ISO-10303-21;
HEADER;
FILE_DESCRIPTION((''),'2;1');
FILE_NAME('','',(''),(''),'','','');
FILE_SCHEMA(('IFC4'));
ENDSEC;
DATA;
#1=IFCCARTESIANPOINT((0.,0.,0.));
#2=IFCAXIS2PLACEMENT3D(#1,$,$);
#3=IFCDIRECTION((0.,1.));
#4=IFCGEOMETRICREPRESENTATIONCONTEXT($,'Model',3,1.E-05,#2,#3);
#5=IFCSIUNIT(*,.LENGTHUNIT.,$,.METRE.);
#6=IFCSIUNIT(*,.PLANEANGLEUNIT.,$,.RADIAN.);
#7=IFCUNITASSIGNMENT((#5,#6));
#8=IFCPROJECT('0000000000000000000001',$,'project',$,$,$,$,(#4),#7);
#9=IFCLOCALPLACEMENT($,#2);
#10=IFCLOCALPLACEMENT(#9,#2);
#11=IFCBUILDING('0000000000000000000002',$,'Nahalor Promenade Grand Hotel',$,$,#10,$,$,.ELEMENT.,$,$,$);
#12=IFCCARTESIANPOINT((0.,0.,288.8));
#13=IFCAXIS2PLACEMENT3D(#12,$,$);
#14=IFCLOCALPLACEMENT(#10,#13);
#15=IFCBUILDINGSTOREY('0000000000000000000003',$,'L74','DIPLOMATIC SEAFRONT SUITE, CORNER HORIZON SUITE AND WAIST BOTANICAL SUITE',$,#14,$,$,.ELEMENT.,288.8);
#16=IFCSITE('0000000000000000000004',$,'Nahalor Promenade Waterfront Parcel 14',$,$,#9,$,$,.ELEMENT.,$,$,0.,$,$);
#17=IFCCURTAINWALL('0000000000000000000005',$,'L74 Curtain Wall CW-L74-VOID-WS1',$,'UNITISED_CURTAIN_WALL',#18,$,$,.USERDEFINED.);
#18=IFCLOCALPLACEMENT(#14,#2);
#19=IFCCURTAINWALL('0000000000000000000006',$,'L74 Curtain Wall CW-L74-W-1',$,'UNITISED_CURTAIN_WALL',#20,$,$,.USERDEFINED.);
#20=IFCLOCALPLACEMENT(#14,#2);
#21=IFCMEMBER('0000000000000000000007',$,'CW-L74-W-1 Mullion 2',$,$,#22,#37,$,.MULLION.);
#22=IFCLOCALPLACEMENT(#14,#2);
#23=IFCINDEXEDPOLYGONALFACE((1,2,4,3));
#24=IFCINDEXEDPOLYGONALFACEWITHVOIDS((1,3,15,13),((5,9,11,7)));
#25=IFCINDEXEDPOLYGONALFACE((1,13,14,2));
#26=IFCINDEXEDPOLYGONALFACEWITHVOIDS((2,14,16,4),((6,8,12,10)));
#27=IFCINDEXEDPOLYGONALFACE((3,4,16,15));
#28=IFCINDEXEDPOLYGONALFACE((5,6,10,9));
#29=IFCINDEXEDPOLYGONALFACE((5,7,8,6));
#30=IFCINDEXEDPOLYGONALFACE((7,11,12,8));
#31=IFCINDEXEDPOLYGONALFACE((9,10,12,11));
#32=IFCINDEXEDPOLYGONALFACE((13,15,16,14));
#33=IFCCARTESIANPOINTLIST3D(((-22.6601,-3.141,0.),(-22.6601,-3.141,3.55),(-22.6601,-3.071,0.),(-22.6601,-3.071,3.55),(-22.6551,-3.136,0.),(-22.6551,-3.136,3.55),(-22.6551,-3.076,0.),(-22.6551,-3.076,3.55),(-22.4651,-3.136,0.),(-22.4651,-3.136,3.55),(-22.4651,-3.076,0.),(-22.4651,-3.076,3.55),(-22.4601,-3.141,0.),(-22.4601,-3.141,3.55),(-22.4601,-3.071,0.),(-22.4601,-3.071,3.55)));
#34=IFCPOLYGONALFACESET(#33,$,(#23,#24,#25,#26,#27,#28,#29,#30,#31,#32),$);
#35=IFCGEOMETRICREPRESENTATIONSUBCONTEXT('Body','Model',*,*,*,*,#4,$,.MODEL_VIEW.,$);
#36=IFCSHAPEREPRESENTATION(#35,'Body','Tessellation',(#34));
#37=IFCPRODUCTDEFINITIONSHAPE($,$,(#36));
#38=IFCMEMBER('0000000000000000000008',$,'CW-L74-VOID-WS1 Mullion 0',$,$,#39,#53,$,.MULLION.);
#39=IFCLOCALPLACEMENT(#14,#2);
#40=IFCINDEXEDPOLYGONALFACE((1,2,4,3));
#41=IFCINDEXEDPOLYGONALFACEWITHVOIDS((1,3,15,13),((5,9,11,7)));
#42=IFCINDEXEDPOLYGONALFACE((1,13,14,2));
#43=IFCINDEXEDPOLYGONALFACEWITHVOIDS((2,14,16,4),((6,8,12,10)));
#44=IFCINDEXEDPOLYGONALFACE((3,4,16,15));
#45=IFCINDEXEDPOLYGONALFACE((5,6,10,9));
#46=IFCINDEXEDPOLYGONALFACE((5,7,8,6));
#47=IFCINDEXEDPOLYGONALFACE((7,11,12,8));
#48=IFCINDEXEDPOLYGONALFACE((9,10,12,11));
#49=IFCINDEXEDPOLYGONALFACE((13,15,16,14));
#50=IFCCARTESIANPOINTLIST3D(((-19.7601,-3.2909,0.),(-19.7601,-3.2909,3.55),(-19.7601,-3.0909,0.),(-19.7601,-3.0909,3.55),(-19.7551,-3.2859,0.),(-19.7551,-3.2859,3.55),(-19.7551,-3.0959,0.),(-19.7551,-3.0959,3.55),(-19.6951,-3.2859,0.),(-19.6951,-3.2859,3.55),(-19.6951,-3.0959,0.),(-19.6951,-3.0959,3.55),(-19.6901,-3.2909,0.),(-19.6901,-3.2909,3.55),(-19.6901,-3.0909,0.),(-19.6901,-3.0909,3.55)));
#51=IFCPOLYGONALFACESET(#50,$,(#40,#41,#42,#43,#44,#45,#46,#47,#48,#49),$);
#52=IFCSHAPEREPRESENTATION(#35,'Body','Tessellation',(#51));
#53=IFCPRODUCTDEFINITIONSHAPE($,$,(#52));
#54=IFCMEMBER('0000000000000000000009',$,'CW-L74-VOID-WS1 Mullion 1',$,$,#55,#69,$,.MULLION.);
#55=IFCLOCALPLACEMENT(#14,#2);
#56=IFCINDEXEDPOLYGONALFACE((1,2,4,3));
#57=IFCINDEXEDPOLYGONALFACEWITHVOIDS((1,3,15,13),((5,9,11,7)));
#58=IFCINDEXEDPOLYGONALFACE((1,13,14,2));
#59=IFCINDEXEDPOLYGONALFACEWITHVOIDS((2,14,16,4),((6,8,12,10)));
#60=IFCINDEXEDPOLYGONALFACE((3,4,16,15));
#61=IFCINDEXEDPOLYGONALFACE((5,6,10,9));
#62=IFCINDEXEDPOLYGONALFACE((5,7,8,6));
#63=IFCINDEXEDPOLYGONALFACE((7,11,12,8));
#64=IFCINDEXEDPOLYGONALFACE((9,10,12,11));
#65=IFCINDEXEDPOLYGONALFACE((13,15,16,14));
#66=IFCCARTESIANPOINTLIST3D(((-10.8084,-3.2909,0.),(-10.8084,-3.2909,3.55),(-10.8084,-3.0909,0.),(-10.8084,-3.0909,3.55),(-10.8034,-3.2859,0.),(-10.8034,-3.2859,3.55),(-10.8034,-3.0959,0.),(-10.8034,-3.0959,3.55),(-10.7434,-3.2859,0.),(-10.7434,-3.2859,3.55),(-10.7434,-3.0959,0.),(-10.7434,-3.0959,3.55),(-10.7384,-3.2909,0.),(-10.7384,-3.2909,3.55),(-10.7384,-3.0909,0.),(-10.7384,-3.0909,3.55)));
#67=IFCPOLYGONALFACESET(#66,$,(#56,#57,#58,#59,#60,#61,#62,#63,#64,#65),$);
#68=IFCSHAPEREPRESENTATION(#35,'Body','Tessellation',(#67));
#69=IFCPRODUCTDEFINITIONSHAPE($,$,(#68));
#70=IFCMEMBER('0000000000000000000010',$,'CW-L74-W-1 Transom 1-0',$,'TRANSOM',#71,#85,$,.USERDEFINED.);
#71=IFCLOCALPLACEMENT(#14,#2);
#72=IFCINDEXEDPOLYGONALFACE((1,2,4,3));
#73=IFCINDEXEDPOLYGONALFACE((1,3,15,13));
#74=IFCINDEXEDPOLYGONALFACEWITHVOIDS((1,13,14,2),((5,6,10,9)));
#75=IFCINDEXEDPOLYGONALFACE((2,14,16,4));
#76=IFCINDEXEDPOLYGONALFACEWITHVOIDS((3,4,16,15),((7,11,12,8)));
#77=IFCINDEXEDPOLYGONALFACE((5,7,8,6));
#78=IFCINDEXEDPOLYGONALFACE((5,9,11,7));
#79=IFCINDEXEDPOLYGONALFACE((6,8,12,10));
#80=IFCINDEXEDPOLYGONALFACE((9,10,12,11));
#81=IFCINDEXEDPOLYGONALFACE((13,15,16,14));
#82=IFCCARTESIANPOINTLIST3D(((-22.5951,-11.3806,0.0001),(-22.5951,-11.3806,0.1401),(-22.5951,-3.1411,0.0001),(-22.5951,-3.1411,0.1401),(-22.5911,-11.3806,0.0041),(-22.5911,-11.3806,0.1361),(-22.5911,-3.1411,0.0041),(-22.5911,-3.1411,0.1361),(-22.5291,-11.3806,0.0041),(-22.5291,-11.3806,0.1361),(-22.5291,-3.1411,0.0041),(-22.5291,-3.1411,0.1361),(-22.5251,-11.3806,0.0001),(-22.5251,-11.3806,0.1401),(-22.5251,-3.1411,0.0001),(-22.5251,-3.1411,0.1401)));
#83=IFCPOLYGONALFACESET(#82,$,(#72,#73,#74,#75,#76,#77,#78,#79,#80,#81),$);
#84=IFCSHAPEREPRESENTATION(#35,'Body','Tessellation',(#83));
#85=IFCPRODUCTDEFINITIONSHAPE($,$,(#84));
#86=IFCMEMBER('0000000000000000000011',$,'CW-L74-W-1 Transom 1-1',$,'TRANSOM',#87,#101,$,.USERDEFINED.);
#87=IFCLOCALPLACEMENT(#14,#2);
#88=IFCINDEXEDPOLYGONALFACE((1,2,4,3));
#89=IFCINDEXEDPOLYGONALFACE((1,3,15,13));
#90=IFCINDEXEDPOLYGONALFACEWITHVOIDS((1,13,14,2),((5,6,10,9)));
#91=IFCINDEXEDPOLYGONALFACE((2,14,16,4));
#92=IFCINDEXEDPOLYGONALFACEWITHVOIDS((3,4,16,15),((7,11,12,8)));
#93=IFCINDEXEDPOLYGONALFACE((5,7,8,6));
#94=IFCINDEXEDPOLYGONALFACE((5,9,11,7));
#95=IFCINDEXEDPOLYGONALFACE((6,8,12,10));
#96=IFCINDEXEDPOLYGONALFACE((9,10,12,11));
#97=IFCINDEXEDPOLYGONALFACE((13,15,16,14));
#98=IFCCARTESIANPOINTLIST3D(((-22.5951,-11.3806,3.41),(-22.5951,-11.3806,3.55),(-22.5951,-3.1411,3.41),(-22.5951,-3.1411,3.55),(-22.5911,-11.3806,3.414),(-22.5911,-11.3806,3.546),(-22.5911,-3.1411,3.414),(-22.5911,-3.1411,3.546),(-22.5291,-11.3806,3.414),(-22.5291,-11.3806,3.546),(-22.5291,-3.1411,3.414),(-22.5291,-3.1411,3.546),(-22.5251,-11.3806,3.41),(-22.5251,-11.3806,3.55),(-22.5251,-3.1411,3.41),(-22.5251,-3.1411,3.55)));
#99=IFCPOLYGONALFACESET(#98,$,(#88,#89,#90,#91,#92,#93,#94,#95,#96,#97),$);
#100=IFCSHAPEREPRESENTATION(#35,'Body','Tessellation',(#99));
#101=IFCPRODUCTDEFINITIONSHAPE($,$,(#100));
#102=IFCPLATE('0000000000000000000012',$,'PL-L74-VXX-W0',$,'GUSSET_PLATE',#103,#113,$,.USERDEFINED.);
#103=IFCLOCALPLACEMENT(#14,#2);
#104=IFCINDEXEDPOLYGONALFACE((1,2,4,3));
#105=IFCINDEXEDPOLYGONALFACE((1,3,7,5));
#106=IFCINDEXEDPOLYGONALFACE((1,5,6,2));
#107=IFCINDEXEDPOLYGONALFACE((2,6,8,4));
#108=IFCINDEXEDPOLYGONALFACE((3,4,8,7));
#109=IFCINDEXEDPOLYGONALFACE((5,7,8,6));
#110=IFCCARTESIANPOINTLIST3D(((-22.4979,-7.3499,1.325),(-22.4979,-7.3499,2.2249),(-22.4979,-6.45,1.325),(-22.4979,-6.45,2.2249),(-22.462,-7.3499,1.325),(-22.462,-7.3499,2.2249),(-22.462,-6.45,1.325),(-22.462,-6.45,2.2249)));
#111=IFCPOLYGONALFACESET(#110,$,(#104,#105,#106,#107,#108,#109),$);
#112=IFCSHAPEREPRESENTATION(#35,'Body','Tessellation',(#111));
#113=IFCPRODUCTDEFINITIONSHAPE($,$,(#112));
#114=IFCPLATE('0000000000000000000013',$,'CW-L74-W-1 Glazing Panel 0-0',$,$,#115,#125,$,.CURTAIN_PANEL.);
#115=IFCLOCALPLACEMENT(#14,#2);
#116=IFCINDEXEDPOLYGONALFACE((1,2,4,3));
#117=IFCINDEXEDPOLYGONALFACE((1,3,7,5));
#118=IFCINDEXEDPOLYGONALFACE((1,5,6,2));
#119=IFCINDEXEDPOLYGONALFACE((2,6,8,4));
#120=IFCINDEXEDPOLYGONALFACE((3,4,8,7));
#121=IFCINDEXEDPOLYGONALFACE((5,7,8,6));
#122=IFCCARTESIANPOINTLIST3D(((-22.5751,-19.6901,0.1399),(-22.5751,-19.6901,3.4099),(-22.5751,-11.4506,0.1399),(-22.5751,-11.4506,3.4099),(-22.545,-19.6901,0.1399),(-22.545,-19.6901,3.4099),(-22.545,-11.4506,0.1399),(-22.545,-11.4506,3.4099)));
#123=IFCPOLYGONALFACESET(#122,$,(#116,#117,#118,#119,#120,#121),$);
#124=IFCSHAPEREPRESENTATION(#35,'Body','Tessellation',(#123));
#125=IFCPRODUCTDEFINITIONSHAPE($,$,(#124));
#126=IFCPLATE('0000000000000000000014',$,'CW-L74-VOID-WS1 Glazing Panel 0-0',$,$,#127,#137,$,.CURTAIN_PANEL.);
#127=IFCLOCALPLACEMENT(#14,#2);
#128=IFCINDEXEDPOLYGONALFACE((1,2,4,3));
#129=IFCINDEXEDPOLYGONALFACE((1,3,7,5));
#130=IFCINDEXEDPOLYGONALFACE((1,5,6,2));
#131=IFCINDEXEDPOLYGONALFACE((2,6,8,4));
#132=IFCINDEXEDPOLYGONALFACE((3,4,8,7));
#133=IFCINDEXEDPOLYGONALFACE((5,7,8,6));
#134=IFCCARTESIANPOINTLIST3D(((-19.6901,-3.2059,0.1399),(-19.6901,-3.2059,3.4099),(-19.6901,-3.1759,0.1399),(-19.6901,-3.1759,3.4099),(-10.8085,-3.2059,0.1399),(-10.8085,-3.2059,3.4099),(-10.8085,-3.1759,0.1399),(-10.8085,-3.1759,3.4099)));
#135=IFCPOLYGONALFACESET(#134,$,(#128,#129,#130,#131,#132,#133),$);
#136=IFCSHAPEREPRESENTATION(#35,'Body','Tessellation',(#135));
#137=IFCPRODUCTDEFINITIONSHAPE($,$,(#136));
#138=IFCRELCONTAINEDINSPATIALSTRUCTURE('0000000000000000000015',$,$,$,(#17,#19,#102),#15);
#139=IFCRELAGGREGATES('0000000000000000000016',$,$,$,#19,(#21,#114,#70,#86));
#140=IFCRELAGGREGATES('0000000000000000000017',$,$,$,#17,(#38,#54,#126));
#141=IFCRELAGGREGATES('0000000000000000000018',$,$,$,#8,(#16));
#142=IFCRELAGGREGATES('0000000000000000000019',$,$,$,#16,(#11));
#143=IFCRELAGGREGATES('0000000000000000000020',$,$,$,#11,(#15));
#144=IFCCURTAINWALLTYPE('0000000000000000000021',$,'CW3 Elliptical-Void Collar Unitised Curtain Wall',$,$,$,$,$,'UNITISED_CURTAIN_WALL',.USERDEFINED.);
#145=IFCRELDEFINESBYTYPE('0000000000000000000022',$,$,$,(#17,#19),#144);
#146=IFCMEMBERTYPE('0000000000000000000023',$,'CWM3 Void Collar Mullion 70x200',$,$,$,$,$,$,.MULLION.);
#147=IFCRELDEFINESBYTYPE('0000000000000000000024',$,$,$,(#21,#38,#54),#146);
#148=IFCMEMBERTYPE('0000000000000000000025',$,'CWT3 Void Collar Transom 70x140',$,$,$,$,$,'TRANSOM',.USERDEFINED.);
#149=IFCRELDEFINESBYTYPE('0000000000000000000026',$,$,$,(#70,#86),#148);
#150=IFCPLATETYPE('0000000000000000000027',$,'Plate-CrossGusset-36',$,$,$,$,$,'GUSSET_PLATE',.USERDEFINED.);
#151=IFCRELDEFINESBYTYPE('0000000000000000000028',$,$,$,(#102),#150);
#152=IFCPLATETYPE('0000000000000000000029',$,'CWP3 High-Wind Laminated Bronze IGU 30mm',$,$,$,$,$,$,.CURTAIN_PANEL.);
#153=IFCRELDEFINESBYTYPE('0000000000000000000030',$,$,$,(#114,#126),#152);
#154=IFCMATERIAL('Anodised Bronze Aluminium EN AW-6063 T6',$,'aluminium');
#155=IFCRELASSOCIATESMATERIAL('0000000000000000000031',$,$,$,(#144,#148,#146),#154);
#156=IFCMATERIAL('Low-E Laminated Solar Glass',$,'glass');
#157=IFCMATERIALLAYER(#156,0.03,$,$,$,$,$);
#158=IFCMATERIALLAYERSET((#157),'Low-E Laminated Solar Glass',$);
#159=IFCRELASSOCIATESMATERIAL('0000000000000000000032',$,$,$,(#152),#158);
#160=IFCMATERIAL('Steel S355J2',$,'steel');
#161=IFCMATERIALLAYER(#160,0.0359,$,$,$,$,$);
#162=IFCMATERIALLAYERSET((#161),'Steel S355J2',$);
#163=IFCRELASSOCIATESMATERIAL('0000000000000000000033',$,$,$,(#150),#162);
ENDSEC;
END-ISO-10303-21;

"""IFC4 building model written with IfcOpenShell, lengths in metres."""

from ifc_helpers import new_model, si_unit, direction, frame, origin, origin_2d, place, context, subcontext, project, spatial, rectangle, hollow_rectangle, extrude, source, transform, mapped, material, layer, layer_set, material_profile, profile_set, type_object, element, aggregate, save


model = new_model("IFC4")

# Units and contexts
model_context = context("Model", 3, precision=1e-05, world=origin(), true_north=direction((0.0, 1.0)))
body_context = subcontext(model_context, "Body", "Model", "MODEL_VIEW")
ifc_project = project(units=[si_unit("LENGTHUNIT", "METRE"), si_unit("PLANEANGLEUNIT", "RADIAN")], contexts=[model_context])

# Site, building, storey
site_placement = place(None, origin())
site = spatial("IfcSite", under=ifc_project, at=site_placement, Name="Nahalor Promenade Waterfront Parcel 14", CompositionType="ELEMENT", RefElevation=0.0)
building_placement = place(site_placement, origin())
building = spatial("IfcBuilding", under=site, at=building_placement, Name="Nahalor Promenade Grand Hotel", CompositionType="ELEMENT")
storey_placement = place(building_placement, frame((0.0, 0.0, 288.8)))
storey = spatial("IfcBuildingStorey", under=building, at=storey_placement, Name="L74", Description="DIPLOMATIC SEAFRONT SUITE, CORNER HORIZON SUITE AND WAIST BOTANICAL SUITE", CompositionType="ELEMENT", Elevation=288.8)

# Curtain walls, member
ifc_material_1 = material(Name="Anodised Bronze Aluminium EN AW-6063 T6", Category="aluminium")
curtain_wall_type = type_object("IfcCurtainWallType", Name="CW3 Elliptical-Void Collar Unitised Curtain Wall", ElementType="UNITISED_CURTAIN_WALL", PredefinedType="USERDEFINED", material=ifc_material_1)
curtain_wall_1_placement = place(storey_placement, origin())
curtain_wall_1 = element("IfcCurtainWall", 1, at=curtain_wall_1_placement, inside=storey, type_object=curtain_wall_type, Name="L74 Curtain Wall CW-L74-VOID-WS1", ObjectType="UNITISED_CURTAIN_WALL", PredefinedType="USERDEFINED")
ifc_material_profile_1 = material_profile(ifc_material_1, hollow_rectangle(XDim=0.07, YDim=0.14, WallThickness=0.004, at=origin_2d()), Name="CWT 70x140x4")
ifc_profile_set_1 = profile_set([ifc_material_profile_1], Name="Anodised Bronze Aluminium EN AW-6063 T6")
member_type_1 = type_object("IfcMemberType", Name="CWT3 Void Collar Transom 70x140", ElementType="TRANSOM", PredefinedType="USERDEFINED", material=ifc_profile_set_1)
curtain_wall_2_placement = place(storey_placement, origin())
curtain_wall_2 = element("IfcCurtainWall", 2, at=curtain_wall_2_placement, inside=storey, type_object=curtain_wall_type, Name="L74 Curtain Wall CW-L74-W-1", ObjectType="UNITISED_CURTAIN_WALL", PredefinedType="USERDEFINED")
ifc_material_profile_2 = material_profile(ifc_material_1, hollow_rectangle(XDim=0.07, YDim=0.2, WallThickness=0.005, at=origin_2d()), Name="CWM 70x200x5")
ifc_profile_set_2 = profile_set([ifc_material_profile_2], Name="Anodised Bronze Aluminium EN AW-6063 T6")
member_type_2 = type_object("IfcMemberType", Name="CWM3 Void Collar Mullion 70x200", PredefinedType="MULLION", material=ifc_profile_set_2)
shared_shape_1 = source(origin(), body_context, "Body", "SweptSolid", [
    extrude(hollow_rectangle(XDim=0.07, YDim=0.2, WallThickness=0.005, at=origin_2d()), origin(), (0.0, 0.0, 1.0), 3.55),
])
member_1_placement = place(storey_placement, frame((-22.5601, -3.106, 0.0), z_axis=(0.0, 0.0, 1.0), x_axis=(0.0, 1.0, 0.0)))
member_1 = element("IfcMember", 3, at=member_1_placement, type_object=member_type_2, Name="CW-L74-W-1 Mullion 2", PredefinedType="MULLION", context=body_context, shape_type="MappedRepresentation", body=[
    mapped(shared_shape_1, transform((0.0, 0.0, 0.0), scale=1.0)),
])

# Members
member_2_placement = place(storey_placement, frame((-19.7251, -3.1909, 0.0), z_axis=(0.0, 0.0, 1.0), x_axis=(1.0, 0.0, 0.0)))
member_2 = element("IfcMember", 4, at=member_2_placement, type_object=member_type_2, Name="CW-L74-VOID-WS1 Mullion 0", PredefinedType="MULLION", context=body_context, shape_type="MappedRepresentation", body=[
    mapped(shared_shape_1, transform((0.0, 0.0, 0.0), scale=1.0)),
])
member_3_placement = place(storey_placement, frame((-10.7734, -3.1909, 0.0), z_axis=(0.0, 0.0, 1.0), x_axis=(1.0, 0.0, 0.0)))
member_3 = element("IfcMember", 5, at=member_3_placement, type_object=member_type_2, Name="CW-L74-VOID-WS1 Mullion 1", PredefinedType="MULLION", context=body_context, shape_type="MappedRepresentation", body=[
    mapped(shared_shape_1, transform((0.0, 0.0, 0.0), scale=1.0)),
])
shared_shape_2 = source(origin(), body_context, "Body", "SweptSolid", [
    extrude(hollow_rectangle(XDim=0.07, YDim=0.14, WallThickness=0.004, at=origin_2d()), origin(), (0.0, 0.0, 1.0), 8.2395),
])
member_4_placement = place(storey_placement, frame((-22.5601, -11.3806, 0.0701), z_axis=(0.0, 1.0, 0.0), x_axis=(-1.0, 0.0, 0.0)))
member_4 = element("IfcMember", 6, at=member_4_placement, type_object=member_type_1, Name="CW-L74-W-1 Transom 1-0", ObjectType="TRANSOM", PredefinedType="USERDEFINED", context=body_context, shape_type="MappedRepresentation", body=[
    mapped(shared_shape_2, transform((0.0, 0.0, 0.0), scale=1.0)),
])
member_5_placement = place(storey_placement, frame((-22.5601, -11.3806, 3.48), z_axis=(0.0, 1.0, 0.0), x_axis=(-1.0, 0.0, 0.0)))
member_5 = element("IfcMember", 7, at=member_5_placement, type_object=member_type_1, Name="CW-L74-W-1 Transom 1-1", ObjectType="TRANSOM", PredefinedType="USERDEFINED", context=body_context, shape_type="MappedRepresentation", body=[
    mapped(shared_shape_2, transform((0.0, 0.0, 0.0), scale=1.0)),
])

# Plates
ifc_material_2 = material(Name="Low-E Laminated Solar Glass", Category="glass")
ifc_layer_1 = layer(ifc_material_2, 0.03)
ifc_layer_set_1 = layer_set([ifc_layer_1], Name="Low-E Laminated Solar Glass")
plate_type_1 = type_object("IfcPlateType", Name="CWP3 High-Wind Laminated Bronze IGU 30mm", PredefinedType="CURTAIN_PANEL", material=ifc_layer_set_1)
ifc_material_3 = material(Name="Steel S355J2", Category="steel")
ifc_layer_2 = layer(ifc_material_3, 0.0359)
ifc_layer_set_2 = layer_set([ifc_layer_2], Name="Steel S355J2")
plate_type_2 = type_object("IfcPlateType", Name="Plate-CrossGusset-36", ElementType="GUSSET_PLATE", PredefinedType="USERDEFINED", material=ifc_layer_set_2)
shared_shape_3 = source(origin(), body_context, "Body", "SweptSolid", [
    extrude(rectangle(XDim=0.8999, YDim=0.0359, at=origin_2d()), origin(), (0.0, 0.0, 1.0), 0.8999),
])
plate_1_placement = place(storey_placement, frame((-22.48, -6.8999, 1.325), z_axis=(0.0, 0.0, 1.0), x_axis=(0.0, 1.0, 0.0)))
element("IfcPlate", 8, at=plate_1_placement, inside=storey, type_object=plate_type_2, Name="PL-L74-VXX-W0", ObjectType="GUSSET_PLATE", PredefinedType="USERDEFINED", context=body_context, shape_type="MappedRepresentation", body=[
    mapped(shared_shape_3, transform((0.0, 0.0, 0.0), scale=1.0)),
])
shared_shape_4 = source(origin(), body_context, "Body", "SweptSolid", [
    extrude(rectangle(XDim=8.2395, YDim=0.03, at=origin_2d()), origin(), (0.0, 0.0, 1.0), 3.27),
])
plate_2_placement = place(storey_placement, frame((-22.5601, -15.5703, 0.1399), z_axis=(0.0, 0.0, 1.0), x_axis=(0.0, 1.0, 0.0)))
plate_2 = element("IfcPlate", 9, at=plate_2_placement, type_object=plate_type_1, Name="CW-L74-W-1 Glazing Panel 0-0", PredefinedType="CURTAIN_PANEL", context=body_context, shape_type="MappedRepresentation", body=[
    mapped(shared_shape_4, transform((0.0, 0.0, 0.0), scale=1.0)),
])
aggregate(curtain_wall_2, [member_1, plate_2, member_4, member_5])
shared_shape_5 = source(origin(), body_context, "Body", "SweptSolid", [
    extrude(rectangle(XDim=8.8816, YDim=0.03, at=origin_2d()), origin(), (0.0, 0.0, 1.0), 3.27),
])
plate_3_placement = place(storey_placement, frame((-15.2493, -3.1909, 0.1399), z_axis=(0.0, 0.0, 1.0), x_axis=(1.0, 0.0, 0.0)))
plate_3 = element("IfcPlate", 10, at=plate_3_placement, type_object=plate_type_1, Name="CW-L74-VOID-WS1 Glazing Panel 0-0", PredefinedType="CURTAIN_PANEL", context=body_context, shape_type="MappedRepresentation", body=[
    mapped(shared_shape_5, transform((0.0, 0.0, 0.0), scale=1.0)),
])
aggregate(curtain_wall_1, [member_2, member_3, plate_3])

save(model, "model.ifc")
